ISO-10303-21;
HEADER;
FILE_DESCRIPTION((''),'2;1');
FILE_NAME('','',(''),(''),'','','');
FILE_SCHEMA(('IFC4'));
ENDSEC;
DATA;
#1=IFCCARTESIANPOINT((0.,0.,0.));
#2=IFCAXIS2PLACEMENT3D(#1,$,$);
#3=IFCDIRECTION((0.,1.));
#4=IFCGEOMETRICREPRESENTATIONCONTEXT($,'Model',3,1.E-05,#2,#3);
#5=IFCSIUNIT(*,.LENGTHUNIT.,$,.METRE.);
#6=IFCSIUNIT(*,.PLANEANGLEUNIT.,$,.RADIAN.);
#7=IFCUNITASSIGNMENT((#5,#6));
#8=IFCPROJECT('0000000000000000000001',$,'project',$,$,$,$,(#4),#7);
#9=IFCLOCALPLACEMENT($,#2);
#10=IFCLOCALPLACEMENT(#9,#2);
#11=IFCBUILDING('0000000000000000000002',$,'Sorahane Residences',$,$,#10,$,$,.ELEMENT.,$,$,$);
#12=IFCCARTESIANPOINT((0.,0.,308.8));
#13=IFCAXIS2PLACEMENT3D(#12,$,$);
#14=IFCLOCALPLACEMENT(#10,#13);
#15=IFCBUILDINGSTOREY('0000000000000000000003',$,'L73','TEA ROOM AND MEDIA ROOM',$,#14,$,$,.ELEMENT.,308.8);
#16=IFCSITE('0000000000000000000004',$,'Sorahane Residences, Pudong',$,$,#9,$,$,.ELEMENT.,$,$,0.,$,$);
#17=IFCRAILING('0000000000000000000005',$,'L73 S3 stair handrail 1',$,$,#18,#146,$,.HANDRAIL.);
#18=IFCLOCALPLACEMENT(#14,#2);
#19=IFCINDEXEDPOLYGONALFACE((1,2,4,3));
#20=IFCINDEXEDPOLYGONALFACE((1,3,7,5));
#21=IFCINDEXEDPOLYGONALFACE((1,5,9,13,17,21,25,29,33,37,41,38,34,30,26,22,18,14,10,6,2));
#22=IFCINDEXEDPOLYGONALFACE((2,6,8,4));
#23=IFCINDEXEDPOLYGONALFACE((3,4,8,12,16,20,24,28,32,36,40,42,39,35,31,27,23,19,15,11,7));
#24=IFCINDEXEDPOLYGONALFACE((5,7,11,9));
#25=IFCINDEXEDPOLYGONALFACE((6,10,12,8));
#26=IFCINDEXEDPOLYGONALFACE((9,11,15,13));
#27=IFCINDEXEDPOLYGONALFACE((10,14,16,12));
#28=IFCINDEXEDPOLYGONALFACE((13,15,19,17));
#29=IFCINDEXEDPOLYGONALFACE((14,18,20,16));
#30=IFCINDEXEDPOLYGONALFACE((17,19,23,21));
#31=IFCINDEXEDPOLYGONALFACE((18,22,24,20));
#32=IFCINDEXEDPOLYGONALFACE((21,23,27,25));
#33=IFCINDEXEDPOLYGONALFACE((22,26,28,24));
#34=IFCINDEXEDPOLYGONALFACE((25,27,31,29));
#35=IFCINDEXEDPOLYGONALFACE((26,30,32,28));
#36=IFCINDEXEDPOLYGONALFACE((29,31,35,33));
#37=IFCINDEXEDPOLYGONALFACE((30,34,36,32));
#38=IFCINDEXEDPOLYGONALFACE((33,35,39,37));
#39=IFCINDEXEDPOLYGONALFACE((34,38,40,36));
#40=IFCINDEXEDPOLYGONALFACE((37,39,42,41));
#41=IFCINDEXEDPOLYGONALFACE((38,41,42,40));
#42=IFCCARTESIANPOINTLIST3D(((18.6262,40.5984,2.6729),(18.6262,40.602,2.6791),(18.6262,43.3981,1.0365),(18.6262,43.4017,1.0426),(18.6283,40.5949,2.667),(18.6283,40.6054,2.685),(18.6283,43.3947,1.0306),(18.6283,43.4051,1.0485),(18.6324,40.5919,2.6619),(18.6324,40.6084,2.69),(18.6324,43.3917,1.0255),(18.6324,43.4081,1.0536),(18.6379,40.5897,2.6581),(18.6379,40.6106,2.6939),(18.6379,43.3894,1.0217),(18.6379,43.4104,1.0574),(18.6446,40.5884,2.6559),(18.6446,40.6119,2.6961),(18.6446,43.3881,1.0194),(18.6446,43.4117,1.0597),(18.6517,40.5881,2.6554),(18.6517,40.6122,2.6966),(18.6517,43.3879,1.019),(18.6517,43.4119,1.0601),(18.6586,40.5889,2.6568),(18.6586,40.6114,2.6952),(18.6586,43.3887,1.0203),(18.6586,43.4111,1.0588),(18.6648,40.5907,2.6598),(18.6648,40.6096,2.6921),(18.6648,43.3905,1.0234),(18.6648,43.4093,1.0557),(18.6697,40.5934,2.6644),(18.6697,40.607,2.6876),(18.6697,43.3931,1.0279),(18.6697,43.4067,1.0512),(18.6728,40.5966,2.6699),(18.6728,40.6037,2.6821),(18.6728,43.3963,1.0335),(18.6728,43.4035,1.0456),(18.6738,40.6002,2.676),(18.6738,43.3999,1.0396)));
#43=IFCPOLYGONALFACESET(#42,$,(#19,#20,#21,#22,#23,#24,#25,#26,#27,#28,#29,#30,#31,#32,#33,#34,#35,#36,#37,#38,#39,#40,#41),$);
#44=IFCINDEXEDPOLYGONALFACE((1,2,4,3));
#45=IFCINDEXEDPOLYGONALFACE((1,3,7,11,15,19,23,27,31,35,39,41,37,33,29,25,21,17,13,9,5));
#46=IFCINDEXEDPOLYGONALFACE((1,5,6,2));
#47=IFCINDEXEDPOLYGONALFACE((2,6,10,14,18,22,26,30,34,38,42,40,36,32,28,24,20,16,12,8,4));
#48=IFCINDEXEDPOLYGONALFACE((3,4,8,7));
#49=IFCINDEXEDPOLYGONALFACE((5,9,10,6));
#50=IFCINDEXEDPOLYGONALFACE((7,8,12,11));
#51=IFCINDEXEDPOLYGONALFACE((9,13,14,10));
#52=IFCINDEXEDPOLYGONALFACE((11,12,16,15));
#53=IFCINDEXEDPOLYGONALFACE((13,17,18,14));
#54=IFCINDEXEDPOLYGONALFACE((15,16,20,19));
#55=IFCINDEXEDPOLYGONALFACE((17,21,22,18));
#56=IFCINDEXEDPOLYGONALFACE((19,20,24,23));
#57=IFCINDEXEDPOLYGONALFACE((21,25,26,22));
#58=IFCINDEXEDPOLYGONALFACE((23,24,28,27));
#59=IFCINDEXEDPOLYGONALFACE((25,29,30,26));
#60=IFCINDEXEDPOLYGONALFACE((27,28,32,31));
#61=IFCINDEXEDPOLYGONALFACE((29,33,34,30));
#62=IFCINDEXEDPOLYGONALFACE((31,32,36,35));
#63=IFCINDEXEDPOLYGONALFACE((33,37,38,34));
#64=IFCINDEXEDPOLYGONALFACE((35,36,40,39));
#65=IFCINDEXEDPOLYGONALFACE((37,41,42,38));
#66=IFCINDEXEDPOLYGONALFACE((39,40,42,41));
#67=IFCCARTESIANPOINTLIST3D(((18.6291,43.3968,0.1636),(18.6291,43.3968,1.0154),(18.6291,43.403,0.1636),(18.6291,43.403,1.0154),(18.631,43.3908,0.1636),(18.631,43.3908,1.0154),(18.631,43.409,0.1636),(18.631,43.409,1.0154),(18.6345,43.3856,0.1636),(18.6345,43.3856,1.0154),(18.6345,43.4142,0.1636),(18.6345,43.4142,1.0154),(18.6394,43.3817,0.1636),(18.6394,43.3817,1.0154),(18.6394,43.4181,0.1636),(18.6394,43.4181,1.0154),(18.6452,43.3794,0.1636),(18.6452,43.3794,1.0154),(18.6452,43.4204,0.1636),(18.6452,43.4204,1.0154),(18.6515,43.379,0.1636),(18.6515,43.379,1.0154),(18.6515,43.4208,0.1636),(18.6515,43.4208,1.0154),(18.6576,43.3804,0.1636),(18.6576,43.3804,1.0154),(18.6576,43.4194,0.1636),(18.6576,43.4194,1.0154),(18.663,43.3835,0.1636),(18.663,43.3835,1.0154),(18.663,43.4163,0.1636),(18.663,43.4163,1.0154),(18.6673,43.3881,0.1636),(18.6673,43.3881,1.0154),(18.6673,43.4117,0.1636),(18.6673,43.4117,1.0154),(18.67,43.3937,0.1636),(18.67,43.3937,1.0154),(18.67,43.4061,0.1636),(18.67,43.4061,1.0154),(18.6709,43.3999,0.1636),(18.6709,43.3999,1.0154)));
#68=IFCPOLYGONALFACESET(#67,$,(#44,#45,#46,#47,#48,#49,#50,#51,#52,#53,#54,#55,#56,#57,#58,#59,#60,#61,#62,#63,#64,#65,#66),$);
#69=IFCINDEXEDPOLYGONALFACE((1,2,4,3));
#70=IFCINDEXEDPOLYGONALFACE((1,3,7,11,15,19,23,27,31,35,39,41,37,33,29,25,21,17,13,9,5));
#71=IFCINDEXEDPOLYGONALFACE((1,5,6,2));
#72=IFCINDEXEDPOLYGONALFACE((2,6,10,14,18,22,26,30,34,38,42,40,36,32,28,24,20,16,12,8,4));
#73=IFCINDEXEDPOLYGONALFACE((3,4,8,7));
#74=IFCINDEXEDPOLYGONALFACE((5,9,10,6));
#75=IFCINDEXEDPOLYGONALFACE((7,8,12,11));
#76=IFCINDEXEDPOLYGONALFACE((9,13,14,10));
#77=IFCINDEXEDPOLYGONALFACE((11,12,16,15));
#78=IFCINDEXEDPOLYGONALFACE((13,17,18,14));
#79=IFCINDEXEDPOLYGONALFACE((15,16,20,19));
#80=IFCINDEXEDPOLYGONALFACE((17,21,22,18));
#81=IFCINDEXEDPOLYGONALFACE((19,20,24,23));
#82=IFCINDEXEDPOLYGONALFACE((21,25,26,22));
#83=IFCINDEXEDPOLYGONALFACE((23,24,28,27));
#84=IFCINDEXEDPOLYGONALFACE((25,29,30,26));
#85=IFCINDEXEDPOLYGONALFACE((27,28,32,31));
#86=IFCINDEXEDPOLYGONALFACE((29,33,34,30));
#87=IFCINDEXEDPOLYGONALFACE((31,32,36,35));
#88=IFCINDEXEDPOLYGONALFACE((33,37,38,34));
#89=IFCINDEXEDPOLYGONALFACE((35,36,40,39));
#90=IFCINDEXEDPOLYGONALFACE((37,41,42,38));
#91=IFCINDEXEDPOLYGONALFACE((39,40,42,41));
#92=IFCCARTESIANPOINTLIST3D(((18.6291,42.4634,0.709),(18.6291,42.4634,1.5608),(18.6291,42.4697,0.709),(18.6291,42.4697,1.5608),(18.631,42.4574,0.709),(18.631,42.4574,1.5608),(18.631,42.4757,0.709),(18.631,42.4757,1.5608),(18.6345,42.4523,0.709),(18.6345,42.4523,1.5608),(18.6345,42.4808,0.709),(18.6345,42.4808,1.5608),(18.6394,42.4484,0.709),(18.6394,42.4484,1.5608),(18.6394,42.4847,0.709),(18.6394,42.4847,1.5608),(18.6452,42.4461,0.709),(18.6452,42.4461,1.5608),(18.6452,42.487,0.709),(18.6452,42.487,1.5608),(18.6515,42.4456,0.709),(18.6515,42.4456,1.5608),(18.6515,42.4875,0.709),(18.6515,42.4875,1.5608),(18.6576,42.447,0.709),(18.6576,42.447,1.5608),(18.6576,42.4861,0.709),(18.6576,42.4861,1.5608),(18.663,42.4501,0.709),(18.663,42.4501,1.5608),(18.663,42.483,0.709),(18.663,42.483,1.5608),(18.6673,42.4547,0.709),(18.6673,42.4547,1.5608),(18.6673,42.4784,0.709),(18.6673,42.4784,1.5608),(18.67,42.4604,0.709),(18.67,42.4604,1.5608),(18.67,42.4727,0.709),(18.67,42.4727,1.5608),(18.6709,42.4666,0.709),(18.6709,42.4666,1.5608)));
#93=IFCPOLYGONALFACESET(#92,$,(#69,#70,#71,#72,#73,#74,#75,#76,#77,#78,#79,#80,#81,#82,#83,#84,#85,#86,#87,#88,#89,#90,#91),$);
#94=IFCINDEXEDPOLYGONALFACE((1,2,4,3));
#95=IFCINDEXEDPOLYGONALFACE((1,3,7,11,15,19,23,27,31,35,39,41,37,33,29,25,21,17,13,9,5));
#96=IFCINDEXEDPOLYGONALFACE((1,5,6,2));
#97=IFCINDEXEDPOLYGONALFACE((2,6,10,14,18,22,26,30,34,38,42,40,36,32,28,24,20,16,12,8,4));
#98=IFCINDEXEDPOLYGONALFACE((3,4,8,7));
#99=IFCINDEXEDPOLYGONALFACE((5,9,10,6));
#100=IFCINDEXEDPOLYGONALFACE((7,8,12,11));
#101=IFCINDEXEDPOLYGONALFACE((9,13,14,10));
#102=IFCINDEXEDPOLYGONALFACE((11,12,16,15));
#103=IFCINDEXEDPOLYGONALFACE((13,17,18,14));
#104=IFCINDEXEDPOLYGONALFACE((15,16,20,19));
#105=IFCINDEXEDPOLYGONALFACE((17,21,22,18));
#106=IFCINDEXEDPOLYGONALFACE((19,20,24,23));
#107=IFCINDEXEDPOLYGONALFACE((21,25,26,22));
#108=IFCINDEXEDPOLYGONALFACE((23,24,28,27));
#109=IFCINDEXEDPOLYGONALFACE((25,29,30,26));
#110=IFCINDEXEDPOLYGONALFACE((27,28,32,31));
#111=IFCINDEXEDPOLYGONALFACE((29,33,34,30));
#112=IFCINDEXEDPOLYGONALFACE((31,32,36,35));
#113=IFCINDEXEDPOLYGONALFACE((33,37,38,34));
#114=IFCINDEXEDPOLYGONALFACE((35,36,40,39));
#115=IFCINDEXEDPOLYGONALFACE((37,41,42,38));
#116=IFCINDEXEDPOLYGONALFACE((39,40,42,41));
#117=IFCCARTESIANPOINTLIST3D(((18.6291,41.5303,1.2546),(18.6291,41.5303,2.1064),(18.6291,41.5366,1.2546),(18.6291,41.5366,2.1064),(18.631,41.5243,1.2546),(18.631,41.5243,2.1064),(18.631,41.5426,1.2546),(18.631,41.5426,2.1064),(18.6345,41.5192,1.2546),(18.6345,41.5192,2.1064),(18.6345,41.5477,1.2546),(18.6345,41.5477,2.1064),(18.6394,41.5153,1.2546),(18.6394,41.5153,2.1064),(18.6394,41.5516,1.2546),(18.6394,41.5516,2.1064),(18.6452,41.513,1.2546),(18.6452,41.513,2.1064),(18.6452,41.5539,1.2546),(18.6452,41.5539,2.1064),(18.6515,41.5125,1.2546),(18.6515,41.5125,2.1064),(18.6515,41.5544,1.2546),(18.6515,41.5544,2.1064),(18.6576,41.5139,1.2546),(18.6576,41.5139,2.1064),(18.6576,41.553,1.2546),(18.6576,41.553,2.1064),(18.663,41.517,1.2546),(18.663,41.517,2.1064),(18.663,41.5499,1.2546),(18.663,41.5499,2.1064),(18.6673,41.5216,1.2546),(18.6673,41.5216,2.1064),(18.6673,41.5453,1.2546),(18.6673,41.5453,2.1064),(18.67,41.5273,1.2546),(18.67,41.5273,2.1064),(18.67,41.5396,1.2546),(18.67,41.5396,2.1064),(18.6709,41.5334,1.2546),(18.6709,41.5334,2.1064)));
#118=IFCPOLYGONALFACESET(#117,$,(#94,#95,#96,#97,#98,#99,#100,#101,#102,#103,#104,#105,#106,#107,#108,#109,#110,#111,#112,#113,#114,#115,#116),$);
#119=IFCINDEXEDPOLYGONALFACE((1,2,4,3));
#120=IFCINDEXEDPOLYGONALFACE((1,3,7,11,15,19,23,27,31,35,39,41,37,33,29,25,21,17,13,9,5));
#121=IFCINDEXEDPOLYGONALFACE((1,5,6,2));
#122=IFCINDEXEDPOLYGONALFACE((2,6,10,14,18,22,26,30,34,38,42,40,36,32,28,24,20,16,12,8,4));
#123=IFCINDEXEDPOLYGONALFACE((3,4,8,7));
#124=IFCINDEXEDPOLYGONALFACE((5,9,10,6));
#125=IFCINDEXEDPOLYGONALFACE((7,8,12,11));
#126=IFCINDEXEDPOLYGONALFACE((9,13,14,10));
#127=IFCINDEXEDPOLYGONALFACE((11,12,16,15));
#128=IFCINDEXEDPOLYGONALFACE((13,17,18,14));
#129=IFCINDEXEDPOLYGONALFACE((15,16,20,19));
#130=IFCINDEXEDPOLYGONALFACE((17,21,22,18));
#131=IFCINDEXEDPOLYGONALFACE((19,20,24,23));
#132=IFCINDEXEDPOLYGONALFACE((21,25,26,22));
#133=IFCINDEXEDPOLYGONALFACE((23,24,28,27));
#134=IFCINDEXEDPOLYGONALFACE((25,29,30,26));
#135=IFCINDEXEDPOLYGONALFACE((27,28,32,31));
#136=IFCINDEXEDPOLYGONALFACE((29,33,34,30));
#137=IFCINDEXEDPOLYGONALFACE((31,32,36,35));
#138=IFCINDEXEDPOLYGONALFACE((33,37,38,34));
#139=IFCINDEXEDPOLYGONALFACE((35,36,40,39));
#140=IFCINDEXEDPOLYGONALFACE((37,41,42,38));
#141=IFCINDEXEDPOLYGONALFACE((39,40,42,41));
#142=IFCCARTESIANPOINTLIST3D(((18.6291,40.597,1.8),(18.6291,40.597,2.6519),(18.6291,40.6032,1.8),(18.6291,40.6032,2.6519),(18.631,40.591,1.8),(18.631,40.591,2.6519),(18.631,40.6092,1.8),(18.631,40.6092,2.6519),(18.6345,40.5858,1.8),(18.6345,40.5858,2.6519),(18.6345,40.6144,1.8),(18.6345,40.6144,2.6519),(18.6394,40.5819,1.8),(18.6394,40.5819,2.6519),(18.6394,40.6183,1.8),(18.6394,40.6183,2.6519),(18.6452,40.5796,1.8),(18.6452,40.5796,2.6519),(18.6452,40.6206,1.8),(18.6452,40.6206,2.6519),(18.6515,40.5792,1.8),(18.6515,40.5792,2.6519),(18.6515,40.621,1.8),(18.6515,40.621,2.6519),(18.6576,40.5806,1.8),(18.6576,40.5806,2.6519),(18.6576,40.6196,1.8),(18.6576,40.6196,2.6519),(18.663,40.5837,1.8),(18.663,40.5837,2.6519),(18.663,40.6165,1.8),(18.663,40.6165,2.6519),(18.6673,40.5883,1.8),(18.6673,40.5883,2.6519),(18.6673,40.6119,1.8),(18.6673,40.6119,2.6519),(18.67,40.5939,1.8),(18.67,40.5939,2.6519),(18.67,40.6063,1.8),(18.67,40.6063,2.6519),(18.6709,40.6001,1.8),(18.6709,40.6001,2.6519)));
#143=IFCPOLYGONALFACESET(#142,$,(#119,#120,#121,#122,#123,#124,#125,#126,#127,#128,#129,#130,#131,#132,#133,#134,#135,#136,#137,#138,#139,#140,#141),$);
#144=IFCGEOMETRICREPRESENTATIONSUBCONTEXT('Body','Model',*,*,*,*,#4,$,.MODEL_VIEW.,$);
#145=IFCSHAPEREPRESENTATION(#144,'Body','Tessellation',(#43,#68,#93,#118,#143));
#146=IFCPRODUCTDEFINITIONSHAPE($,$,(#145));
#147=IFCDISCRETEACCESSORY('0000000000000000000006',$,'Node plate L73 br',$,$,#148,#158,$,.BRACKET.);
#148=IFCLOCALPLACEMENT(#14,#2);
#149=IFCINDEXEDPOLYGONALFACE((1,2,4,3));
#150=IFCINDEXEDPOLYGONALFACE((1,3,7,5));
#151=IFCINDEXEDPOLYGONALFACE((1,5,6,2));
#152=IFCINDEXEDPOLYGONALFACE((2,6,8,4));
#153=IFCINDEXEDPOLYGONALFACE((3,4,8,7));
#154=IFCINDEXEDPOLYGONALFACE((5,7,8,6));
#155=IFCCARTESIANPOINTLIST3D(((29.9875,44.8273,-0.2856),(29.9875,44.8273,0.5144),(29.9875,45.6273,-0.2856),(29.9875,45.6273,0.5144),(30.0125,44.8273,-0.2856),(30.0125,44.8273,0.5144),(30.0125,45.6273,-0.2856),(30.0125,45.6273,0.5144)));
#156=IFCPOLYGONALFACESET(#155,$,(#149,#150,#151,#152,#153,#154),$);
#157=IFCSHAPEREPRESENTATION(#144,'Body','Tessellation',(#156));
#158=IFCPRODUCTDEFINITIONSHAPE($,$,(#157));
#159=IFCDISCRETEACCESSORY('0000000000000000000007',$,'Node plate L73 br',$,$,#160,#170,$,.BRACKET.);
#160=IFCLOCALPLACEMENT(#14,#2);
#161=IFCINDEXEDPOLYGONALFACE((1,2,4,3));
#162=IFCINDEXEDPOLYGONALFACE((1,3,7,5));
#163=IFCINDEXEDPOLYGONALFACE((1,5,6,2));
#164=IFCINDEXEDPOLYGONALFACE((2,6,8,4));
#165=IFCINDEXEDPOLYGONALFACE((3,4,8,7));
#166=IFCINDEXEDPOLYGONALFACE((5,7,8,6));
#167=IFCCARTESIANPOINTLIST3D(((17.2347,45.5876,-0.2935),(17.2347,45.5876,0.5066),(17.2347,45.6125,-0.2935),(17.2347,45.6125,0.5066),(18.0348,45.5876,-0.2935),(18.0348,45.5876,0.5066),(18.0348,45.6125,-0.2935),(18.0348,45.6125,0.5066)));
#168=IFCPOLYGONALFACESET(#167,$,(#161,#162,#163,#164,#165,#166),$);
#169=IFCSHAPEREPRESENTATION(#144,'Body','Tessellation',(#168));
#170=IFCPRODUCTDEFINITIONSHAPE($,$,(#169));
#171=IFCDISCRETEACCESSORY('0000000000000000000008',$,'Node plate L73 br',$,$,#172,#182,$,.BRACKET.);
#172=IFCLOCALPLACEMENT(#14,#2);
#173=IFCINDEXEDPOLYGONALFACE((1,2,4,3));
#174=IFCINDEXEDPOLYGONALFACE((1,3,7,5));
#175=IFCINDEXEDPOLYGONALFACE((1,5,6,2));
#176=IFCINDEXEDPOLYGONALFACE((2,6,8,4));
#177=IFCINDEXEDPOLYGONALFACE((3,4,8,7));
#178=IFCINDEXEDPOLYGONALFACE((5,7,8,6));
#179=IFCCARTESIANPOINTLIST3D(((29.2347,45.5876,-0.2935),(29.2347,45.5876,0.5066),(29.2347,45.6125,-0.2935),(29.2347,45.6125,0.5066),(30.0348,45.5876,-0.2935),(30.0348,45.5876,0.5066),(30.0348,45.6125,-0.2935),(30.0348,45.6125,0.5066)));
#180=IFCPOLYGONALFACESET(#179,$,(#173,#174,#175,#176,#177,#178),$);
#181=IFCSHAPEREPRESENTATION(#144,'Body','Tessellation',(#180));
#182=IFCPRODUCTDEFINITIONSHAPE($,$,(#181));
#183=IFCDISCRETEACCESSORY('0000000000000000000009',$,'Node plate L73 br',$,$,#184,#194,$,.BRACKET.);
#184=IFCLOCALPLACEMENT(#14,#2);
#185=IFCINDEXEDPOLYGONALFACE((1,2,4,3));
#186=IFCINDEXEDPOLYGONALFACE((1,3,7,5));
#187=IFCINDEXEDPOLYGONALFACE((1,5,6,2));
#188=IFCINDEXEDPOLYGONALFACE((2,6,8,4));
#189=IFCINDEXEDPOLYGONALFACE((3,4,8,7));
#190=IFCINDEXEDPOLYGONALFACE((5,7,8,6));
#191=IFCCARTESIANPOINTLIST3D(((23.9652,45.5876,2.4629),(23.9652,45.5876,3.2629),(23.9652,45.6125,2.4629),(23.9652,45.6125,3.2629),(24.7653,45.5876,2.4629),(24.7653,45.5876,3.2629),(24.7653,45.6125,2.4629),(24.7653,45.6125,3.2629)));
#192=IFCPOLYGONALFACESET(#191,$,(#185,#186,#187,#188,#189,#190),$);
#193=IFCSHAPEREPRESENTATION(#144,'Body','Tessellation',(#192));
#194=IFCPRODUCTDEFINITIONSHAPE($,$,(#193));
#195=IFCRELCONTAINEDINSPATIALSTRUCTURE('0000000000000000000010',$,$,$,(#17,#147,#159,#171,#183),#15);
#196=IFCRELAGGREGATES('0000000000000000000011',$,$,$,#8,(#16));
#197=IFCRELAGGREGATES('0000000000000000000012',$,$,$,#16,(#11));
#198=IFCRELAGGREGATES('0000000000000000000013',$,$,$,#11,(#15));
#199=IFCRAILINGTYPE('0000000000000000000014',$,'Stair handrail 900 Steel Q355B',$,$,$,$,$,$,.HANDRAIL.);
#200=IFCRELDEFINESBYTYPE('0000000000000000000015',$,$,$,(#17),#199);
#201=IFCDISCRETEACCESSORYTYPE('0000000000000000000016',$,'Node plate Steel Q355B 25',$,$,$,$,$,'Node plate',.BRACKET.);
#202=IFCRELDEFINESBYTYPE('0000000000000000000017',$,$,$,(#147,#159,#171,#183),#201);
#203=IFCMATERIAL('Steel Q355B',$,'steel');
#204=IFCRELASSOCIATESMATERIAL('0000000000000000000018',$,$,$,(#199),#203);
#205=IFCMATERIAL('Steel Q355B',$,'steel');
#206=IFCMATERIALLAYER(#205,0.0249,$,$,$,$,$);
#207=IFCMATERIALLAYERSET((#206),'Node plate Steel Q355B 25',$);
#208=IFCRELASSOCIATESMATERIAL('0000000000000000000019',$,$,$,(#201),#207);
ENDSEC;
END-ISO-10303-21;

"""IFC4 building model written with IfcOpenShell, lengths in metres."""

from ifc_helpers import new_model, si_unit, direction, frame, origin, origin_2d, place, context, subcontext, project, spatial, rectangle, circle, extrude, material, layer, layer_set, type_object, element, save


model = new_model("IFC4")

# Units and contexts
model_context = context("Model", 3, precision=1e-05, world=origin(), true_north=direction((0.0, 1.0)))
body_context = subcontext(model_context, "Body", "Model", "MODEL_VIEW")
ifc_project = project(units=[si_unit("LENGTHUNIT", "METRE"), si_unit("PLANEANGLEUNIT", "RADIAN")], contexts=[model_context])

# Site, building, storey
site_placement = place(None, origin())
site = spatial("IfcSite", under=ifc_project, at=site_placement, Name="Sorahane Residences, Pudong", CompositionType="ELEMENT", RefElevation=0.0)
building_placement = place(site_placement, origin())
building = spatial("IfcBuilding", under=site, at=building_placement, Name="Sorahane Residences", CompositionType="ELEMENT")
storey_placement = place(building_placement, frame((0.0, 0.0, 308.8)))
storey = spatial("IfcBuildingStorey", under=building, at=storey_placement, Name="L73", Description="TEA ROOM AND MEDIA ROOM", CompositionType="ELEMENT", Elevation=308.8)

# Railing
ifc_material_1 = material(Name="Steel Q355B", Category="steel")
railing_type_1 = type_object("IfcRailingType", Name="Stair handrail 900 Steel Q355B", PredefinedType="HANDRAIL", material=ifc_material_1)
railing_1_placement = place(storey_placement, frame((18.6499, 43.3999, 0.1636)))
element("IfcRailing", 1, at=railing_1_placement, inside=storey, type_object=railing_type_1, Name="L73 S3 stair handrail 1", PredefinedType="HANDRAIL", context=body_context, shape_type="SweptSolid", body=[
    extrude(circle(Radius=0.0239, at=origin_2d()), frame((0.0, 0.0, 0.876), z_axis=(0.0, -0.863342, 0.50462), x_axis=(1.0, 0.0, 0.0)), (0.0, 0.0, 1.0), 3.2429),
    extrude(circle(Radius=0.021, at=origin_2d()), origin(), (0.0, 0.0, 1.0), 0.8518),
    extrude(circle(Radius=0.021, at=origin_2d()), frame((0.0, -0.9333, 0.5454)), (0.0, 0.0, 1.0), 0.8518),
    extrude(circle(Radius=0.021, at=origin_2d()), frame((0.0, -1.8665, 1.0911)), (0.0, 0.0, 1.0), 0.8518),
    extrude(circle(Radius=0.021, at=origin_2d()), frame((0.0, -2.7998, 1.6365)), (0.0, 0.0, 1.0), 0.8518),
])

# Discrete accessories
ifc_material_2 = material(Name="Steel Q355B", Category="steel")
ifc_layer_1 = layer(ifc_material_2, 0.0249)
ifc_layer_set_1 = layer_set([ifc_layer_1], Name="Node plate Steel Q355B 25")
discrete_accessory_type = type_object("IfcDiscreteAccessoryType", Name="Node plate Steel Q355B 25", ElementType="Node plate", PredefinedType="BRACKET", material=ifc_layer_set_1)
for number, where, z_axis, x_axis, name in (
    (2, (30.0, 45.2273, -0.2856), (0.0, 0.0, 1.0), (0.0, 1.0, 0.0), "Node plate L73 br"),
    (3, (17.6348, 45.6001, -0.2935), (0.0, 0.0, 1.0), (1.0, 0.0, 0.0), "Node plate L73 br"),
    (4, (29.6348, 45.6001, -0.2935), (0.0, 0.0, 1.0), (1.0, 0.0, 0.0), "Node plate L73 br"),
    (5, (24.3652, 45.6001, 2.4629), (0.0, 0.0, 1.0), (1.0, 0.0, 0.0), "Node plate L73 br"),
):
    element("IfcDiscreteAccessory", number, at=place(storey_placement, frame(where, z_axis=z_axis, x_axis=x_axis)), inside=storey, type_object=discrete_accessory_type, Name=name, PredefinedType="BRACKET", context=body_context, shape_type="SweptSolid", body=[
        extrude(rectangle(XDim=0.8, YDim=0.0249, at=origin_2d()), origin(), (0.0, 0.0, 1.0), 0.8),
    ])

save(model, "model.ifc")
